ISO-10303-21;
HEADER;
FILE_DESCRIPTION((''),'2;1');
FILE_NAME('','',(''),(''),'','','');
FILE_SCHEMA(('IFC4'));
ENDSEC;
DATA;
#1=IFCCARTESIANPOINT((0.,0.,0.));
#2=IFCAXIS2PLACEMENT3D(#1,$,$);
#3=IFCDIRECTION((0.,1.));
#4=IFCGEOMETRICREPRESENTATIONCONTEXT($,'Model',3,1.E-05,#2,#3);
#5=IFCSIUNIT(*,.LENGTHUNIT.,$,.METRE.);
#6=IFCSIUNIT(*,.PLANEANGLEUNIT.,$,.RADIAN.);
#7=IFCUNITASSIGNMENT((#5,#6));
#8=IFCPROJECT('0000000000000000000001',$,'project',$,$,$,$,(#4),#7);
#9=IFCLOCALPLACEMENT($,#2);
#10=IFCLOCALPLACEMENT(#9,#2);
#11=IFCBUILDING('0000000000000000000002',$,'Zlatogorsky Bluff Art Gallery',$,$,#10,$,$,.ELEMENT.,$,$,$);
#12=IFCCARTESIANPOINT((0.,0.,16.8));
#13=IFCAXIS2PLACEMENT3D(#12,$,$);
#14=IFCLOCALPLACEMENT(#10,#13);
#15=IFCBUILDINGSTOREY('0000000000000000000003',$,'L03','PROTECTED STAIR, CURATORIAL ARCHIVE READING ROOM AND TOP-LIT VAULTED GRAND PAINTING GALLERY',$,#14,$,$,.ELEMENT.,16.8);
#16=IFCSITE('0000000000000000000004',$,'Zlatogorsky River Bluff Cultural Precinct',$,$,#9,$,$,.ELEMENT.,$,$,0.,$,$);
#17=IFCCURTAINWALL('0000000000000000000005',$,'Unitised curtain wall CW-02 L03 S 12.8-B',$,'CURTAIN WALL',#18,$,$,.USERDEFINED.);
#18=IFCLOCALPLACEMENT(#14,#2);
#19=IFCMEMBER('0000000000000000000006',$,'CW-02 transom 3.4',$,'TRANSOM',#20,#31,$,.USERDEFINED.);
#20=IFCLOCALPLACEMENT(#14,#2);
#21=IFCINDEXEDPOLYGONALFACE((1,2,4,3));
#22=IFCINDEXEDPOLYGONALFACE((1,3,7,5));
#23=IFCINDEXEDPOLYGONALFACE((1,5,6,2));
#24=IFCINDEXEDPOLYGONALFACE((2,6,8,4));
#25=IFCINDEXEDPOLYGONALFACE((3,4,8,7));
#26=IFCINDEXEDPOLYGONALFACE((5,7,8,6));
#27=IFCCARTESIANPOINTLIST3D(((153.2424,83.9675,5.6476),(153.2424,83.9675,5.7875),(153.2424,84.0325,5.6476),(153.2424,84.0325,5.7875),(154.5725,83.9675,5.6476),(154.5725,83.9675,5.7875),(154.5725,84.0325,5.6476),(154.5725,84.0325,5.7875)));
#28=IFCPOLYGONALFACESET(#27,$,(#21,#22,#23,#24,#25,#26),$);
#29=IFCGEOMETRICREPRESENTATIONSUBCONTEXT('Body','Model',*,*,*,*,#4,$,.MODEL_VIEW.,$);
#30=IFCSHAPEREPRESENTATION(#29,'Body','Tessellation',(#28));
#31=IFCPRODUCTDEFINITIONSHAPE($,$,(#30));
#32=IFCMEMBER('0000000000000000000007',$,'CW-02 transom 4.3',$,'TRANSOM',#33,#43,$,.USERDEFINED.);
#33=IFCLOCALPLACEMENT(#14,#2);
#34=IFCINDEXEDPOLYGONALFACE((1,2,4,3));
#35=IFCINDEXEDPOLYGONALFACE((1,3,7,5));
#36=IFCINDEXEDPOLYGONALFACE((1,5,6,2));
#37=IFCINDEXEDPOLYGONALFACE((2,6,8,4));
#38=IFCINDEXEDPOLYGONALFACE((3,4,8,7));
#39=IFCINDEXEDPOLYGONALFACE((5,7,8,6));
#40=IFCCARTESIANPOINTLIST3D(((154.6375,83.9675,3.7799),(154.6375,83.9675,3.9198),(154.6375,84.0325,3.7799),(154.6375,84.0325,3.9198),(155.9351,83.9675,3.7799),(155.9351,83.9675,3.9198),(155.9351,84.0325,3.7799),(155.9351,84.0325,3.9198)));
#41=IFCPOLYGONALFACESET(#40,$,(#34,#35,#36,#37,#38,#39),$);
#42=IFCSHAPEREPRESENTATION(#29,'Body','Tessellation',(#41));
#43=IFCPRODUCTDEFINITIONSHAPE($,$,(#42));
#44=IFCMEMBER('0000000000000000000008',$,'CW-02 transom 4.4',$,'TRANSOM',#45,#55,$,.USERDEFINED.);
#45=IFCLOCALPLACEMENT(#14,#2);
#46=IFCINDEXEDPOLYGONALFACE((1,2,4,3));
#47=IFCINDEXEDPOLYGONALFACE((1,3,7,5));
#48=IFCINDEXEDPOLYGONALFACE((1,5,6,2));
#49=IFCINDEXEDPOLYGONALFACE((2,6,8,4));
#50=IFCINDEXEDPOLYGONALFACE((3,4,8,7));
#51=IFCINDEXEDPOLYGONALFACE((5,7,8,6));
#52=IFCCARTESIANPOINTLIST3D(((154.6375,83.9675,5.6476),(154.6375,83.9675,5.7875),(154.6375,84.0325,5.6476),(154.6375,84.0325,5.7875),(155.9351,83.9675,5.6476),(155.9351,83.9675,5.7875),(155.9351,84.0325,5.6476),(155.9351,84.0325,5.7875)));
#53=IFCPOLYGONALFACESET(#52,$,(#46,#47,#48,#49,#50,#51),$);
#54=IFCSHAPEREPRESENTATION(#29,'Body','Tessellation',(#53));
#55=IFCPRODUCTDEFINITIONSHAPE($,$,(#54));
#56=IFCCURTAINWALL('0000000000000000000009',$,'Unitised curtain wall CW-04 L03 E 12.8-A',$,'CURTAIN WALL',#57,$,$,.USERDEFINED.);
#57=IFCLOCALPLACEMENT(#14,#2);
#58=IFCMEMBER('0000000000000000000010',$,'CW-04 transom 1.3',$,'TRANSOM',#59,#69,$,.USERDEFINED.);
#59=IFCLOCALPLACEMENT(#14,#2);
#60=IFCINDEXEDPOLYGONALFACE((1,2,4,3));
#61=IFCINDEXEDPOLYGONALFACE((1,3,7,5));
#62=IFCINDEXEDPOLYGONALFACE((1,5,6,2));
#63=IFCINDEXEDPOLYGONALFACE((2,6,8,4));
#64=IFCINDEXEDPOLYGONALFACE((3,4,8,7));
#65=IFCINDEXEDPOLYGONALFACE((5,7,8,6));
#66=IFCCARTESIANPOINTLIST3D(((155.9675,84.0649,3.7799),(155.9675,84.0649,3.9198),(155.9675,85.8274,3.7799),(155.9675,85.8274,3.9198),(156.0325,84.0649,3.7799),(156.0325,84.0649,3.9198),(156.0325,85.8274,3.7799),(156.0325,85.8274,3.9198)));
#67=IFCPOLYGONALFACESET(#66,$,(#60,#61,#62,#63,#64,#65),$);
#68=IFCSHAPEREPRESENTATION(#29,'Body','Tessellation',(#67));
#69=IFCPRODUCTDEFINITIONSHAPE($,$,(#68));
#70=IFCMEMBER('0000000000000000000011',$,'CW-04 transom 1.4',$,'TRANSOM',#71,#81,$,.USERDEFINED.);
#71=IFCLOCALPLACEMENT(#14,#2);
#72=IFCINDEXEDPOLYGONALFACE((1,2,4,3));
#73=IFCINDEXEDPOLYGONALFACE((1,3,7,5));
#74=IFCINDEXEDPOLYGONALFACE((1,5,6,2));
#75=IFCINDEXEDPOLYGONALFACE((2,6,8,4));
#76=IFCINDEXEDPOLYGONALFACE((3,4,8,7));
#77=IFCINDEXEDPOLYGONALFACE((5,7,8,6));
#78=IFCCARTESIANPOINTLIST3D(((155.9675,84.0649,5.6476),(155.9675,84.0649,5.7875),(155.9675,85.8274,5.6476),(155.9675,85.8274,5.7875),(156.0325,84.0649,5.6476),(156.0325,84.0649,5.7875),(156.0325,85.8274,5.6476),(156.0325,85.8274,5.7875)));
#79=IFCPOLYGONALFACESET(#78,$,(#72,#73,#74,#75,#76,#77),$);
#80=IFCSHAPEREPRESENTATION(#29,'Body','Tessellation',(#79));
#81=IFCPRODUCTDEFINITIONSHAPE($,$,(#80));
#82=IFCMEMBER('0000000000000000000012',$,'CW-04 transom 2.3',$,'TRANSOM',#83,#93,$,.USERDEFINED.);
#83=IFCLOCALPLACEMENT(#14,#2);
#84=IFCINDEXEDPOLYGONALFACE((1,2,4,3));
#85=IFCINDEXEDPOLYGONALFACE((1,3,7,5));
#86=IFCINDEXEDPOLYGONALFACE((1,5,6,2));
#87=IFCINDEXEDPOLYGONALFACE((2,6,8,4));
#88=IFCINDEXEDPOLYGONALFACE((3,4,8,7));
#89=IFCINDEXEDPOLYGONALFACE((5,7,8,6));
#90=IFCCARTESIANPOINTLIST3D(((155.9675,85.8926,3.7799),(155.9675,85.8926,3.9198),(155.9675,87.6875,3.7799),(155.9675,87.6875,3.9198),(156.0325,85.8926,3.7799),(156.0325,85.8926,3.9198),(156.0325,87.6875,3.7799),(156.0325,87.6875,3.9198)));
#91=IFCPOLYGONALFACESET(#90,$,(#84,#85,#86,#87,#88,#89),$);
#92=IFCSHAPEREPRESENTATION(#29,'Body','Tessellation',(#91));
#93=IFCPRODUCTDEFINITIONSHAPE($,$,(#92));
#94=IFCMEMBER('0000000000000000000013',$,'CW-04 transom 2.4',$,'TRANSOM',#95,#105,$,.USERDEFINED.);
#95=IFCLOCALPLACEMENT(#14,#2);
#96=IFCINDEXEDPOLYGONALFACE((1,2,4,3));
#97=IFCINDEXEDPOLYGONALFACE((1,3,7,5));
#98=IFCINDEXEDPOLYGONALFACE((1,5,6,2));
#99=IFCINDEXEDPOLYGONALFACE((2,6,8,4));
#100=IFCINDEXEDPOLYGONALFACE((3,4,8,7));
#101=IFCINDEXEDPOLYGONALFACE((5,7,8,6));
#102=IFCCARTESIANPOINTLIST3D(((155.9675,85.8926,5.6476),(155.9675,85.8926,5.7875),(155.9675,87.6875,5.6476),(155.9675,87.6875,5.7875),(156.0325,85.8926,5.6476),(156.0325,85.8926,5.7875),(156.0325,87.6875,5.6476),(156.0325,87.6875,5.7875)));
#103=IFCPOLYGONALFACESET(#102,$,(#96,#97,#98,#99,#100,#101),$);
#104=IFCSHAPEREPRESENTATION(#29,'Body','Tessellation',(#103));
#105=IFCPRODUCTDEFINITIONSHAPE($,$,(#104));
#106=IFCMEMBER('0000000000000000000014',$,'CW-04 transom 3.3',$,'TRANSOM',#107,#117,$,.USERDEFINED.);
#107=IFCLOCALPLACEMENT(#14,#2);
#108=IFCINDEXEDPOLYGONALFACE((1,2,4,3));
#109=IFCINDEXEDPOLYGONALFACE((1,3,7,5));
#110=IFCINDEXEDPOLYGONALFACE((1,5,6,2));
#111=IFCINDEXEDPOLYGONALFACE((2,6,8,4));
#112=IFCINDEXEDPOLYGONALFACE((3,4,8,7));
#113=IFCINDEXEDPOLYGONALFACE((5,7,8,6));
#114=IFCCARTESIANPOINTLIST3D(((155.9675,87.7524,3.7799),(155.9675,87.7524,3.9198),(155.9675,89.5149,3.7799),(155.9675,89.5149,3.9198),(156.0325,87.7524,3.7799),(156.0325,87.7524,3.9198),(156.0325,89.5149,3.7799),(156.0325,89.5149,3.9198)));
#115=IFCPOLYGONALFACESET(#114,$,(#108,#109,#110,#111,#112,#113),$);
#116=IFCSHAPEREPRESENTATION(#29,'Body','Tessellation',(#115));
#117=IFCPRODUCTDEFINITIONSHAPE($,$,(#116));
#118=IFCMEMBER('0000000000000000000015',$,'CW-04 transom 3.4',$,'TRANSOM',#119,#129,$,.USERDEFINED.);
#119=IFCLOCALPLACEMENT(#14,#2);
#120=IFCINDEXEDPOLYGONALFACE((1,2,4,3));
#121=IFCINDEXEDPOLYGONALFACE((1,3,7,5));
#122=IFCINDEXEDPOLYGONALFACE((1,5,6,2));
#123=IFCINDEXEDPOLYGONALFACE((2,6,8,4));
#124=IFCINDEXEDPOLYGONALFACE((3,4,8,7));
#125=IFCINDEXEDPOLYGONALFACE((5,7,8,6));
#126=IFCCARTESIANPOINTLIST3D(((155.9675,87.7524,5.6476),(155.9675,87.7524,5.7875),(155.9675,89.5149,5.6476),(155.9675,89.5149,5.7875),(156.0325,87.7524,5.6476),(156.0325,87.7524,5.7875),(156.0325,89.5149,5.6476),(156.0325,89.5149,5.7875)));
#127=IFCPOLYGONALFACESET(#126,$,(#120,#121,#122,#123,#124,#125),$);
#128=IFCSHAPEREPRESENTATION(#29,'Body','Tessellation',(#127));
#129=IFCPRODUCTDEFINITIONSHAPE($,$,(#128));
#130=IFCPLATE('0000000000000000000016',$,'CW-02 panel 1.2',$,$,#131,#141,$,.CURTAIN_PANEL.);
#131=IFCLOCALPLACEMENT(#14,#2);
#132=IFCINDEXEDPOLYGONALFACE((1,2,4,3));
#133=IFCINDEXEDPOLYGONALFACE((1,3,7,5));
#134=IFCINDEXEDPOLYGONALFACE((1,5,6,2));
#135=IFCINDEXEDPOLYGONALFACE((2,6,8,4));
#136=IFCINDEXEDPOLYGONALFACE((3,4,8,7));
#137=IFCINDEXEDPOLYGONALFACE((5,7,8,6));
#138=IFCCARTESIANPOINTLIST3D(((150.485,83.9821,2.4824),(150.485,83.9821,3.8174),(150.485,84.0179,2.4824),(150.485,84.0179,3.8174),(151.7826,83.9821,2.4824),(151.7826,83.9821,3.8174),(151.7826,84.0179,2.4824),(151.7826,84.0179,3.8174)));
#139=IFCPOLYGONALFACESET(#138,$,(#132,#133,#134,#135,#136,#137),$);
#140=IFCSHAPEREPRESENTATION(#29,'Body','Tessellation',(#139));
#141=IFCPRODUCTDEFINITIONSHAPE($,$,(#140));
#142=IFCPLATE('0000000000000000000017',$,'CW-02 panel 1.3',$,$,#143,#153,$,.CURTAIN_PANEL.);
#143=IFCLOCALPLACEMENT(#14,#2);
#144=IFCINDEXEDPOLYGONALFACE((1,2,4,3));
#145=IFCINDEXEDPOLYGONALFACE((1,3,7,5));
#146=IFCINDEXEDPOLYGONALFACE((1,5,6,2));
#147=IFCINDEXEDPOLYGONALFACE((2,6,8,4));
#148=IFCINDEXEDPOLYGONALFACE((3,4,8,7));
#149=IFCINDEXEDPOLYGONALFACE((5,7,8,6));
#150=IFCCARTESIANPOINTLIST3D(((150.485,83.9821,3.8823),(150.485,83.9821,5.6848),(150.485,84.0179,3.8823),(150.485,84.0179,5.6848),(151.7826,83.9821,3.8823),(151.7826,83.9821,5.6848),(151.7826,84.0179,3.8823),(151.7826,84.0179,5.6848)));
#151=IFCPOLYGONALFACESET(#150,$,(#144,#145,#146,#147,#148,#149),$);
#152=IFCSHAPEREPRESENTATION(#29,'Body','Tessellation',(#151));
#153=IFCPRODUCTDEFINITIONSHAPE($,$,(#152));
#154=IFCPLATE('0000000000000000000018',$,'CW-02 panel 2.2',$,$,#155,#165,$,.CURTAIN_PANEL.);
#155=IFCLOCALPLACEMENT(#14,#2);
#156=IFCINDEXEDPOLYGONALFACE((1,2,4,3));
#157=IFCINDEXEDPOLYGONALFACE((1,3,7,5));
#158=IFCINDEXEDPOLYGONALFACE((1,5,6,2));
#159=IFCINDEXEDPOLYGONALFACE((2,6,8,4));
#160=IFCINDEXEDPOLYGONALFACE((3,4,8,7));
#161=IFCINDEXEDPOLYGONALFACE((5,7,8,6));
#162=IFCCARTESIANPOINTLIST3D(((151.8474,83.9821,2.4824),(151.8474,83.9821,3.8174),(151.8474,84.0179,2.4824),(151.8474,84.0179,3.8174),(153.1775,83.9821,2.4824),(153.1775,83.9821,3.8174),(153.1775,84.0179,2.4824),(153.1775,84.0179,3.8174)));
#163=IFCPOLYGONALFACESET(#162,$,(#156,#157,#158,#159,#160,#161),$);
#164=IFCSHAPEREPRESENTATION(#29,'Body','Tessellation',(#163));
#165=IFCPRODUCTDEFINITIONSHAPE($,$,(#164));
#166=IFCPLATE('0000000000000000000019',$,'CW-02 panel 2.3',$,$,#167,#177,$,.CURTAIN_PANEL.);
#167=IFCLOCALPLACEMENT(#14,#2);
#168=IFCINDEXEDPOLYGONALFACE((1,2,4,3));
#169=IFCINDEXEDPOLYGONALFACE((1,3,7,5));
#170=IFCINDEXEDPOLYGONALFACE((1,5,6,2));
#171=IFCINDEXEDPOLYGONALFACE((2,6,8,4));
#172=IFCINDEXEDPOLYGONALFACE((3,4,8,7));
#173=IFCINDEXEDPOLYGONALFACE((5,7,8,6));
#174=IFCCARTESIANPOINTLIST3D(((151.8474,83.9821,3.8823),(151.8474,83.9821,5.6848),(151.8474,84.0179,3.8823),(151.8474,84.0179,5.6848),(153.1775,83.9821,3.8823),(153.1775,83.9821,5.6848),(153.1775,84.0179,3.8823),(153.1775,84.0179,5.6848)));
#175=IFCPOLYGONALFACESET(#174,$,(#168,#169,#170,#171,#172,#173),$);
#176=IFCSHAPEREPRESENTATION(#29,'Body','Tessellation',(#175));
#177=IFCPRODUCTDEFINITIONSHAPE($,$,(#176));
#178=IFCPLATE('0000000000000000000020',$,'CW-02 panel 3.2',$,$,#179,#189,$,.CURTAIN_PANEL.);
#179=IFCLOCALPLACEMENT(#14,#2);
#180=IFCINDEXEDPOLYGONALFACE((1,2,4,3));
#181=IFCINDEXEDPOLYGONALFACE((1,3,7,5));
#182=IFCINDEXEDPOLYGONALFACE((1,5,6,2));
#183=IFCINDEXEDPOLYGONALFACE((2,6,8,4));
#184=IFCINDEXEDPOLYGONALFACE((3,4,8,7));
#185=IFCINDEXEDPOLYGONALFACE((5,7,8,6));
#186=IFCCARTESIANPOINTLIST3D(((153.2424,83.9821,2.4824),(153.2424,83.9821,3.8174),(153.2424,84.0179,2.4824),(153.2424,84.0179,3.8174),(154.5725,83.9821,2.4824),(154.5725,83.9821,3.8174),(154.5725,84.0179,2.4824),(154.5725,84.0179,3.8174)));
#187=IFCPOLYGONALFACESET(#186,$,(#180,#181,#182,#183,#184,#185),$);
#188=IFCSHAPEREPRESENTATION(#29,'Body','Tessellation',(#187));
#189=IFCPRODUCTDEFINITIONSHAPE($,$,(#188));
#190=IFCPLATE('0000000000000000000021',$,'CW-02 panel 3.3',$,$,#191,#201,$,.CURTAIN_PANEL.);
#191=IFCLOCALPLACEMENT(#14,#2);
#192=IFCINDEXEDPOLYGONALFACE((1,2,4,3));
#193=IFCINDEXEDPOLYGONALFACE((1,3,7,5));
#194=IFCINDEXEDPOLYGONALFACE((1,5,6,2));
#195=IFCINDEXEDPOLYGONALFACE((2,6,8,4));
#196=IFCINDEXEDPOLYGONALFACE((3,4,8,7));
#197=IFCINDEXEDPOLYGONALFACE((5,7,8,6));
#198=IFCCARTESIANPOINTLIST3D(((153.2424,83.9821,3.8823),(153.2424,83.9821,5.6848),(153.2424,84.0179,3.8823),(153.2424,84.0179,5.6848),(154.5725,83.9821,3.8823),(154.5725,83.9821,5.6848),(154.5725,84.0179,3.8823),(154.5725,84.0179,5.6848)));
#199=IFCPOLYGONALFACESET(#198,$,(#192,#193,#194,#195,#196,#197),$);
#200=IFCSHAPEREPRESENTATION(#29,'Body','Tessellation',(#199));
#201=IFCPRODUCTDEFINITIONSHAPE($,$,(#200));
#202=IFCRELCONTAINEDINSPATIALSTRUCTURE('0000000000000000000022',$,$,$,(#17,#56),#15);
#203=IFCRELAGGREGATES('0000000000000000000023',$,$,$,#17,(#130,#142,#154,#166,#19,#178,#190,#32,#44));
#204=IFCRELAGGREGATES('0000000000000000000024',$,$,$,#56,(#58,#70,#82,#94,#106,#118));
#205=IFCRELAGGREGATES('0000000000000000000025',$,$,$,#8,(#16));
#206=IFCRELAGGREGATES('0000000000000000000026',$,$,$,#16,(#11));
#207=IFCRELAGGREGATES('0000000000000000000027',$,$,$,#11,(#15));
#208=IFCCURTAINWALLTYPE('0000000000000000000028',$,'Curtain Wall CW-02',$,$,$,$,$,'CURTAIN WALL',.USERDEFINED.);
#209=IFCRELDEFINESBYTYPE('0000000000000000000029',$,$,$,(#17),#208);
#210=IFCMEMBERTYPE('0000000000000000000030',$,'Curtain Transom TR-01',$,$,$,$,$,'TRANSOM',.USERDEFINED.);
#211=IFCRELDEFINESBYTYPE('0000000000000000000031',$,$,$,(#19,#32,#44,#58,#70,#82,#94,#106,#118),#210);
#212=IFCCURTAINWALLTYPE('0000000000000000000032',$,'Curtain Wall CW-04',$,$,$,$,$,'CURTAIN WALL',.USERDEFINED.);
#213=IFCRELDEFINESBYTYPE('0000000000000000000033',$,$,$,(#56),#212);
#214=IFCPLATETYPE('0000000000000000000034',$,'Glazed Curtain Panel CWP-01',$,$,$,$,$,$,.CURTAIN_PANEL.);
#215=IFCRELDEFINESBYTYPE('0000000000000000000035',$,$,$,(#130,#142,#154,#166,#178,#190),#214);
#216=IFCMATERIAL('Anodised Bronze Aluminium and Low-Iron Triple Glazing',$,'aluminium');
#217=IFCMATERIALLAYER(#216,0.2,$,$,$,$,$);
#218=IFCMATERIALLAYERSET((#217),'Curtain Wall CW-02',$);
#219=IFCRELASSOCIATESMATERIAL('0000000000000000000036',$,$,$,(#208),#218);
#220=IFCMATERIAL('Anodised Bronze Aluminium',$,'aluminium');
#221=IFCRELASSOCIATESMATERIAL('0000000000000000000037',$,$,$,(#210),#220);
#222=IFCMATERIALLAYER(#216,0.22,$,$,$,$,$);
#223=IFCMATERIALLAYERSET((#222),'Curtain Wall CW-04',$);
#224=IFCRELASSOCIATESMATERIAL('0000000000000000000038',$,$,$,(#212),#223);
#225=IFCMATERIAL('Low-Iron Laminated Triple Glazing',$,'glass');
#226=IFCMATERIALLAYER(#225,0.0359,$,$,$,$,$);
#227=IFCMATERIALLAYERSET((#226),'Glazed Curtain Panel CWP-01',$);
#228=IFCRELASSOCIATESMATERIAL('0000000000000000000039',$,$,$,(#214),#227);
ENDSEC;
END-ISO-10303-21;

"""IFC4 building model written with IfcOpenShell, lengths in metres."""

from ifc_helpers import new_model, si_unit, direction, frame, origin, origin_2d, place, context, subcontext, project, spatial, rectangle, extrude, material, layer, layer_set, material_profile, profile_set, type_object, element, aggregate, save


model = new_model("IFC4")

# Units and contexts
model_context = context("Model", 3, precision=1e-05, world=origin(), true_north=direction((0.0, 1.0)))
body_context = subcontext(model_context, "Body", "Model", "MODEL_VIEW")
ifc_project = project(units=[si_unit("LENGTHUNIT", "METRE"), si_unit("PLANEANGLEUNIT", "RADIAN")], contexts=[model_context])

# Site, building, storey
site_placement = place(None, origin())
site = spatial("IfcSite", under=ifc_project, at=site_placement, Name="Zlatogorsky River Bluff Cultural Precinct", CompositionType="ELEMENT", RefElevation=0.0)
building_placement = place(site_placement, origin())
building = spatial("IfcBuilding", under=site, at=building_placement, Name="Zlatogorsky Bluff Art Gallery", CompositionType="ELEMENT")
storey_placement = place(building_placement, frame((0.0, 0.0, 16.8)))
storey = spatial("IfcBuildingStorey", under=building, at=storey_placement, Name="L03", Description="PROTECTED STAIR, CURATORIAL ARCHIVE READING ROOM AND TOP-LIT VAULTED GRAND PAINTING GALLERY", CompositionType="ELEMENT", Elevation=16.8)

# Curtain walls, members
ifc_material_1 = material(Name="Anodised Bronze Aluminium and Low-Iron Triple Glazing", Category="aluminium")
ifc_layer_1 = layer(ifc_material_1, 0.2)
ifc_layer_set_1 = layer_set([ifc_layer_1], Name="Curtain Wall CW-02")
curtain_wall_type_1 = type_object("IfcCurtainWallType", Name="Curtain Wall CW-02", ElementType="CURTAIN WALL", PredefinedType="USERDEFINED", material=ifc_layer_set_1)
curtain_wall_1_placement = place(storey_placement, origin())
curtain_wall_1 = element("IfcCurtainWall", 1, at=curtain_wall_1_placement, inside=storey, type_object=curtain_wall_type_1, Name="Unitised curtain wall CW-02 L03 S 12.8-B", ObjectType="CURTAIN WALL", PredefinedType="USERDEFINED")
ifc_material_2 = material(Name="Anodised Bronze Aluminium", Category="aluminium")
ifc_material_profile_1 = material_profile(ifc_material_2, rectangle(XDim=0.0649, YDim=0.1399, at=origin_2d()), Name="ALU TRANSOM 65x140")
ifc_profile_set_1 = profile_set([ifc_material_profile_1], Name="Anodised Bronze Aluminium")
member_type = type_object("IfcMemberType", Name="Curtain Transom TR-01", ElementType="TRANSOM", PredefinedType="USERDEFINED", material=ifc_profile_set_1)
member_1_placement = place(storey_placement, frame((153.2424, 84.0, 5.7175), z_axis=(1.0, 0.0, 0.0), x_axis=(0.0, 1.0, 0.0)))
member_1 = element("IfcMember", 2, at=member_1_placement, type_object=member_type, Name="CW-02 transom 3.4", ObjectType="TRANSOM", PredefinedType="USERDEFINED", context=body_context, shape_type="SweptSolid", body=[
    extrude(rectangle(XDim=0.0649, YDim=0.1399, at=origin_2d()), origin(), (0.0, 0.0, 1.0), 1.3301),
])
member_2_placement = place(storey_placement, frame((154.6375, 84.0, 3.8499), z_axis=(1.0, 0.0, 0.0), x_axis=(0.0, 1.0, 0.0)))
member_2 = element("IfcMember", 3, at=member_2_placement, type_object=member_type, Name="CW-02 transom 4.3", ObjectType="TRANSOM", PredefinedType="USERDEFINED", context=body_context, shape_type="SweptSolid", body=[
    extrude(rectangle(XDim=0.0649, YDim=0.1399, at=origin_2d()), origin(), (0.0, 0.0, 1.0), 1.2976),
])
member_3_placement = place(storey_placement, frame((154.6375, 84.0, 5.7175), z_axis=(1.0, 0.0, 0.0), x_axis=(0.0, 1.0, 0.0)))
member_3 = element("IfcMember", 4, at=member_3_placement, type_object=member_type, Name="CW-02 transom 4.4", ObjectType="TRANSOM", PredefinedType="USERDEFINED", context=body_context, shape_type="SweptSolid", body=[
    extrude(rectangle(XDim=0.0649, YDim=0.1399, at=origin_2d()), origin(), (0.0, 0.0, 1.0), 1.2976),
])
ifc_layer_2 = layer(ifc_material_1, 0.22)
ifc_layer_set_2 = layer_set([ifc_layer_2], Name="Curtain Wall CW-04")
curtain_wall_type_2 = type_object("IfcCurtainWallType", Name="Curtain Wall CW-04", ElementType="CURTAIN WALL", PredefinedType="USERDEFINED", material=ifc_layer_set_2)
curtain_wall_2_placement = place(storey_placement, origin())
curtain_wall_2 = element("IfcCurtainWall", 5, at=curtain_wall_2_placement, inside=storey, type_object=curtain_wall_type_2, Name="Unitised curtain wall CW-04 L03 E 12.8-A", ObjectType="CURTAIN WALL", PredefinedType="USERDEFINED")
member_4_placement = place(storey_placement, frame((156.0, 84.0649, 3.8499), z_axis=(0.0, 1.0, 0.0), x_axis=(-1.0, 0.0, 0.0)))
member_4 = element("IfcMember", 6, at=member_4_placement, type_object=member_type, Name="CW-04 transom 1.3", ObjectType="TRANSOM", PredefinedType="USERDEFINED", context=body_context, shape_type="SweptSolid", body=[
    extrude(rectangle(XDim=0.0649, YDim=0.1399, at=origin_2d()), origin(), (0.0, 0.0, 1.0), 1.7625),
])
member_5_placement = place(storey_placement, frame((156.0, 84.0649, 5.7175), z_axis=(0.0, 1.0, 0.0), x_axis=(-1.0, 0.0, 0.0)))
member_5 = element("IfcMember", 7, at=member_5_placement, type_object=member_type, Name="CW-04 transom 1.4", ObjectType="TRANSOM", PredefinedType="USERDEFINED", context=body_context, shape_type="SweptSolid", body=[
    extrude(rectangle(XDim=0.0649, YDim=0.1399, at=origin_2d()), origin(), (0.0, 0.0, 1.0), 1.7625),
])
member_6_placement = place(storey_placement, frame((156.0, 85.8926, 3.8499), z_axis=(0.0, 1.0, 0.0), x_axis=(-1.0, 0.0, 0.0)))
member_6 = element("IfcMember", 8, at=member_6_placement, type_object=member_type, Name="CW-04 transom 2.3", ObjectType="TRANSOM", PredefinedType="USERDEFINED", context=body_context, shape_type="SweptSolid", body=[
    extrude(rectangle(XDim=0.0649, YDim=0.1399, at=origin_2d()), origin(), (0.0, 0.0, 1.0), 1.7949),
])
member_7_placement = place(storey_placement, frame((156.0, 85.8926, 5.7175), z_axis=(0.0, 1.0, 0.0), x_axis=(-1.0, 0.0, 0.0)))
member_7 = element("IfcMember", 9, at=member_7_placement, type_object=member_type, Name="CW-04 transom 2.4", ObjectType="TRANSOM", PredefinedType="USERDEFINED", context=body_context, shape_type="SweptSolid", body=[
    extrude(rectangle(XDim=0.0649, YDim=0.1399, at=origin_2d()), origin(), (0.0, 0.0, 1.0), 1.7949),
])
member_8_placement = place(storey_placement, frame((156.0, 87.7524, 3.8499), z_axis=(0.0, 1.0, 0.0), x_axis=(-1.0, 0.0, 0.0)))
member_8 = element("IfcMember", 10, at=member_8_placement, type_object=member_type, Name="CW-04 transom 3.3", ObjectType="TRANSOM", PredefinedType="USERDEFINED", context=body_context, shape_type="SweptSolid", body=[
    extrude(rectangle(XDim=0.0649, YDim=0.1399, at=origin_2d()), origin(), (0.0, 0.0, 1.0), 1.7625),
])
member_9_placement = place(storey_placement, frame((156.0, 87.7524, 5.7175), z_axis=(0.0, 1.0, 0.0), x_axis=(-1.0, 0.0, 0.0)))
member_9 = element("IfcMember", 11, at=member_9_placement, type_object=member_type, Name="CW-04 transom 3.4", ObjectType="TRANSOM", PredefinedType="USERDEFINED", context=body_context, shape_type="SweptSolid", body=[
    extrude(rectangle(XDim=0.0649, YDim=0.1399, at=origin_2d()), origin(), (0.0, 0.0, 1.0), 1.7625),
])

# Plates
ifc_material_3 = material(Name="Low-Iron Laminated Triple Glazing", Category="glass")
ifc_layer_3 = layer(ifc_material_3, 0.0359)
ifc_layer_set_3 = layer_set([ifc_layer_3], Name="Glazed Curtain Panel CWP-01")
plate_type = type_object("IfcPlateType", Name="Glazed Curtain Panel CWP-01", PredefinedType="CURTAIN_PANEL", material=ifc_layer_set_3)
plate_1_placement = place(storey_placement, frame((151.1338, 84.0, 2.4824), z_axis=(0.0, 0.0, 1.0), x_axis=(1.0, 0.0, 0.0)))
plate_1 = element("IfcPlate", 12, at=plate_1_placement, type_object=plate_type, Name="CW-02 panel 1.2", PredefinedType="CURTAIN_PANEL", context=body_context, shape_type="SweptSolid", body=[
    extrude(rectangle(XDim=1.2976, YDim=0.0359, at=origin_2d()), origin(), (0.0, 0.0, 1.0), 1.335),
])
plate_2_placement = place(storey_placement, frame((151.1338, 84.0, 3.8823), z_axis=(0.0, 0.0, 1.0), x_axis=(1.0, 0.0, 0.0)))
plate_2 = element("IfcPlate", 13, at=plate_2_placement, type_object=plate_type, Name="CW-02 panel 1.3", PredefinedType="CURTAIN_PANEL", context=body_context, shape_type="SweptSolid", body=[
    extrude(rectangle(XDim=1.2976, YDim=0.0359, at=origin_2d()), origin(), (0.0, 0.0, 1.0), 1.8025),
])
plate_3_placement = place(storey_placement, frame((152.5125, 84.0, 2.4824), z_axis=(0.0, 0.0, 1.0), x_axis=(1.0, 0.0, 0.0)))
plate_3 = element("IfcPlate", 14, at=plate_3_placement, type_object=plate_type, Name="CW-02 panel 2.2", PredefinedType="CURTAIN_PANEL", context=body_context, shape_type="SweptSolid", body=[
    extrude(rectangle(XDim=1.3301, YDim=0.0359, at=origin_2d()), origin(), (0.0, 0.0, 1.0), 1.335),
])
plate_4_placement = place(storey_placement, frame((152.5125, 84.0, 3.8823), z_axis=(0.0, 0.0, 1.0), x_axis=(1.0, 0.0, 0.0)))
plate_4 = element("IfcPlate", 15, at=plate_4_placement, type_object=plate_type, Name="CW-02 panel 2.3", PredefinedType="CURTAIN_PANEL", context=body_context, shape_type="SweptSolid", body=[
    extrude(rectangle(XDim=1.3301, YDim=0.0359, at=origin_2d()), origin(), (0.0, 0.0, 1.0), 1.8025),
])
plate_5_placement = place(storey_placement, frame((153.9075, 84.0, 2.4824), z_axis=(0.0, 0.0, 1.0), x_axis=(1.0, 0.0, 0.0)))
plate_5 = element("IfcPlate", 16, at=plate_5_placement, type_object=plate_type, Name="CW-02 panel 3.2", PredefinedType="CURTAIN_PANEL", context=body_context, shape_type="SweptSolid", body=[
    extrude(rectangle(XDim=1.3301, YDim=0.0359, at=origin_2d()), origin(), (0.0, 0.0, 1.0), 1.335),
])
plate_6_placement = place(storey_placement, frame((153.9075, 84.0, 3.8823), z_axis=(0.0, 0.0, 1.0), x_axis=(1.0, 0.0, 0.0)))
plate_6 = element("IfcPlate", 17, at=plate_6_placement, type_object=plate_type, Name="CW-02 panel 3.3", PredefinedType="CURTAIN_PANEL", context=body_context, shape_type="SweptSolid", body=[
    extrude(rectangle(XDim=1.3301, YDim=0.0359, at=origin_2d()), origin(), (0.0, 0.0, 1.0), 1.8025),
])
aggregate(curtain_wall_1, [plate_1, plate_2, plate_3, plate_4, member_1, plate_5, plate_6, member_2, member_3])
aggregate(curtain_wall_2, [member_4, member_5, member_6, member_7, member_8, member_9])

save(model, "model.ifc")
